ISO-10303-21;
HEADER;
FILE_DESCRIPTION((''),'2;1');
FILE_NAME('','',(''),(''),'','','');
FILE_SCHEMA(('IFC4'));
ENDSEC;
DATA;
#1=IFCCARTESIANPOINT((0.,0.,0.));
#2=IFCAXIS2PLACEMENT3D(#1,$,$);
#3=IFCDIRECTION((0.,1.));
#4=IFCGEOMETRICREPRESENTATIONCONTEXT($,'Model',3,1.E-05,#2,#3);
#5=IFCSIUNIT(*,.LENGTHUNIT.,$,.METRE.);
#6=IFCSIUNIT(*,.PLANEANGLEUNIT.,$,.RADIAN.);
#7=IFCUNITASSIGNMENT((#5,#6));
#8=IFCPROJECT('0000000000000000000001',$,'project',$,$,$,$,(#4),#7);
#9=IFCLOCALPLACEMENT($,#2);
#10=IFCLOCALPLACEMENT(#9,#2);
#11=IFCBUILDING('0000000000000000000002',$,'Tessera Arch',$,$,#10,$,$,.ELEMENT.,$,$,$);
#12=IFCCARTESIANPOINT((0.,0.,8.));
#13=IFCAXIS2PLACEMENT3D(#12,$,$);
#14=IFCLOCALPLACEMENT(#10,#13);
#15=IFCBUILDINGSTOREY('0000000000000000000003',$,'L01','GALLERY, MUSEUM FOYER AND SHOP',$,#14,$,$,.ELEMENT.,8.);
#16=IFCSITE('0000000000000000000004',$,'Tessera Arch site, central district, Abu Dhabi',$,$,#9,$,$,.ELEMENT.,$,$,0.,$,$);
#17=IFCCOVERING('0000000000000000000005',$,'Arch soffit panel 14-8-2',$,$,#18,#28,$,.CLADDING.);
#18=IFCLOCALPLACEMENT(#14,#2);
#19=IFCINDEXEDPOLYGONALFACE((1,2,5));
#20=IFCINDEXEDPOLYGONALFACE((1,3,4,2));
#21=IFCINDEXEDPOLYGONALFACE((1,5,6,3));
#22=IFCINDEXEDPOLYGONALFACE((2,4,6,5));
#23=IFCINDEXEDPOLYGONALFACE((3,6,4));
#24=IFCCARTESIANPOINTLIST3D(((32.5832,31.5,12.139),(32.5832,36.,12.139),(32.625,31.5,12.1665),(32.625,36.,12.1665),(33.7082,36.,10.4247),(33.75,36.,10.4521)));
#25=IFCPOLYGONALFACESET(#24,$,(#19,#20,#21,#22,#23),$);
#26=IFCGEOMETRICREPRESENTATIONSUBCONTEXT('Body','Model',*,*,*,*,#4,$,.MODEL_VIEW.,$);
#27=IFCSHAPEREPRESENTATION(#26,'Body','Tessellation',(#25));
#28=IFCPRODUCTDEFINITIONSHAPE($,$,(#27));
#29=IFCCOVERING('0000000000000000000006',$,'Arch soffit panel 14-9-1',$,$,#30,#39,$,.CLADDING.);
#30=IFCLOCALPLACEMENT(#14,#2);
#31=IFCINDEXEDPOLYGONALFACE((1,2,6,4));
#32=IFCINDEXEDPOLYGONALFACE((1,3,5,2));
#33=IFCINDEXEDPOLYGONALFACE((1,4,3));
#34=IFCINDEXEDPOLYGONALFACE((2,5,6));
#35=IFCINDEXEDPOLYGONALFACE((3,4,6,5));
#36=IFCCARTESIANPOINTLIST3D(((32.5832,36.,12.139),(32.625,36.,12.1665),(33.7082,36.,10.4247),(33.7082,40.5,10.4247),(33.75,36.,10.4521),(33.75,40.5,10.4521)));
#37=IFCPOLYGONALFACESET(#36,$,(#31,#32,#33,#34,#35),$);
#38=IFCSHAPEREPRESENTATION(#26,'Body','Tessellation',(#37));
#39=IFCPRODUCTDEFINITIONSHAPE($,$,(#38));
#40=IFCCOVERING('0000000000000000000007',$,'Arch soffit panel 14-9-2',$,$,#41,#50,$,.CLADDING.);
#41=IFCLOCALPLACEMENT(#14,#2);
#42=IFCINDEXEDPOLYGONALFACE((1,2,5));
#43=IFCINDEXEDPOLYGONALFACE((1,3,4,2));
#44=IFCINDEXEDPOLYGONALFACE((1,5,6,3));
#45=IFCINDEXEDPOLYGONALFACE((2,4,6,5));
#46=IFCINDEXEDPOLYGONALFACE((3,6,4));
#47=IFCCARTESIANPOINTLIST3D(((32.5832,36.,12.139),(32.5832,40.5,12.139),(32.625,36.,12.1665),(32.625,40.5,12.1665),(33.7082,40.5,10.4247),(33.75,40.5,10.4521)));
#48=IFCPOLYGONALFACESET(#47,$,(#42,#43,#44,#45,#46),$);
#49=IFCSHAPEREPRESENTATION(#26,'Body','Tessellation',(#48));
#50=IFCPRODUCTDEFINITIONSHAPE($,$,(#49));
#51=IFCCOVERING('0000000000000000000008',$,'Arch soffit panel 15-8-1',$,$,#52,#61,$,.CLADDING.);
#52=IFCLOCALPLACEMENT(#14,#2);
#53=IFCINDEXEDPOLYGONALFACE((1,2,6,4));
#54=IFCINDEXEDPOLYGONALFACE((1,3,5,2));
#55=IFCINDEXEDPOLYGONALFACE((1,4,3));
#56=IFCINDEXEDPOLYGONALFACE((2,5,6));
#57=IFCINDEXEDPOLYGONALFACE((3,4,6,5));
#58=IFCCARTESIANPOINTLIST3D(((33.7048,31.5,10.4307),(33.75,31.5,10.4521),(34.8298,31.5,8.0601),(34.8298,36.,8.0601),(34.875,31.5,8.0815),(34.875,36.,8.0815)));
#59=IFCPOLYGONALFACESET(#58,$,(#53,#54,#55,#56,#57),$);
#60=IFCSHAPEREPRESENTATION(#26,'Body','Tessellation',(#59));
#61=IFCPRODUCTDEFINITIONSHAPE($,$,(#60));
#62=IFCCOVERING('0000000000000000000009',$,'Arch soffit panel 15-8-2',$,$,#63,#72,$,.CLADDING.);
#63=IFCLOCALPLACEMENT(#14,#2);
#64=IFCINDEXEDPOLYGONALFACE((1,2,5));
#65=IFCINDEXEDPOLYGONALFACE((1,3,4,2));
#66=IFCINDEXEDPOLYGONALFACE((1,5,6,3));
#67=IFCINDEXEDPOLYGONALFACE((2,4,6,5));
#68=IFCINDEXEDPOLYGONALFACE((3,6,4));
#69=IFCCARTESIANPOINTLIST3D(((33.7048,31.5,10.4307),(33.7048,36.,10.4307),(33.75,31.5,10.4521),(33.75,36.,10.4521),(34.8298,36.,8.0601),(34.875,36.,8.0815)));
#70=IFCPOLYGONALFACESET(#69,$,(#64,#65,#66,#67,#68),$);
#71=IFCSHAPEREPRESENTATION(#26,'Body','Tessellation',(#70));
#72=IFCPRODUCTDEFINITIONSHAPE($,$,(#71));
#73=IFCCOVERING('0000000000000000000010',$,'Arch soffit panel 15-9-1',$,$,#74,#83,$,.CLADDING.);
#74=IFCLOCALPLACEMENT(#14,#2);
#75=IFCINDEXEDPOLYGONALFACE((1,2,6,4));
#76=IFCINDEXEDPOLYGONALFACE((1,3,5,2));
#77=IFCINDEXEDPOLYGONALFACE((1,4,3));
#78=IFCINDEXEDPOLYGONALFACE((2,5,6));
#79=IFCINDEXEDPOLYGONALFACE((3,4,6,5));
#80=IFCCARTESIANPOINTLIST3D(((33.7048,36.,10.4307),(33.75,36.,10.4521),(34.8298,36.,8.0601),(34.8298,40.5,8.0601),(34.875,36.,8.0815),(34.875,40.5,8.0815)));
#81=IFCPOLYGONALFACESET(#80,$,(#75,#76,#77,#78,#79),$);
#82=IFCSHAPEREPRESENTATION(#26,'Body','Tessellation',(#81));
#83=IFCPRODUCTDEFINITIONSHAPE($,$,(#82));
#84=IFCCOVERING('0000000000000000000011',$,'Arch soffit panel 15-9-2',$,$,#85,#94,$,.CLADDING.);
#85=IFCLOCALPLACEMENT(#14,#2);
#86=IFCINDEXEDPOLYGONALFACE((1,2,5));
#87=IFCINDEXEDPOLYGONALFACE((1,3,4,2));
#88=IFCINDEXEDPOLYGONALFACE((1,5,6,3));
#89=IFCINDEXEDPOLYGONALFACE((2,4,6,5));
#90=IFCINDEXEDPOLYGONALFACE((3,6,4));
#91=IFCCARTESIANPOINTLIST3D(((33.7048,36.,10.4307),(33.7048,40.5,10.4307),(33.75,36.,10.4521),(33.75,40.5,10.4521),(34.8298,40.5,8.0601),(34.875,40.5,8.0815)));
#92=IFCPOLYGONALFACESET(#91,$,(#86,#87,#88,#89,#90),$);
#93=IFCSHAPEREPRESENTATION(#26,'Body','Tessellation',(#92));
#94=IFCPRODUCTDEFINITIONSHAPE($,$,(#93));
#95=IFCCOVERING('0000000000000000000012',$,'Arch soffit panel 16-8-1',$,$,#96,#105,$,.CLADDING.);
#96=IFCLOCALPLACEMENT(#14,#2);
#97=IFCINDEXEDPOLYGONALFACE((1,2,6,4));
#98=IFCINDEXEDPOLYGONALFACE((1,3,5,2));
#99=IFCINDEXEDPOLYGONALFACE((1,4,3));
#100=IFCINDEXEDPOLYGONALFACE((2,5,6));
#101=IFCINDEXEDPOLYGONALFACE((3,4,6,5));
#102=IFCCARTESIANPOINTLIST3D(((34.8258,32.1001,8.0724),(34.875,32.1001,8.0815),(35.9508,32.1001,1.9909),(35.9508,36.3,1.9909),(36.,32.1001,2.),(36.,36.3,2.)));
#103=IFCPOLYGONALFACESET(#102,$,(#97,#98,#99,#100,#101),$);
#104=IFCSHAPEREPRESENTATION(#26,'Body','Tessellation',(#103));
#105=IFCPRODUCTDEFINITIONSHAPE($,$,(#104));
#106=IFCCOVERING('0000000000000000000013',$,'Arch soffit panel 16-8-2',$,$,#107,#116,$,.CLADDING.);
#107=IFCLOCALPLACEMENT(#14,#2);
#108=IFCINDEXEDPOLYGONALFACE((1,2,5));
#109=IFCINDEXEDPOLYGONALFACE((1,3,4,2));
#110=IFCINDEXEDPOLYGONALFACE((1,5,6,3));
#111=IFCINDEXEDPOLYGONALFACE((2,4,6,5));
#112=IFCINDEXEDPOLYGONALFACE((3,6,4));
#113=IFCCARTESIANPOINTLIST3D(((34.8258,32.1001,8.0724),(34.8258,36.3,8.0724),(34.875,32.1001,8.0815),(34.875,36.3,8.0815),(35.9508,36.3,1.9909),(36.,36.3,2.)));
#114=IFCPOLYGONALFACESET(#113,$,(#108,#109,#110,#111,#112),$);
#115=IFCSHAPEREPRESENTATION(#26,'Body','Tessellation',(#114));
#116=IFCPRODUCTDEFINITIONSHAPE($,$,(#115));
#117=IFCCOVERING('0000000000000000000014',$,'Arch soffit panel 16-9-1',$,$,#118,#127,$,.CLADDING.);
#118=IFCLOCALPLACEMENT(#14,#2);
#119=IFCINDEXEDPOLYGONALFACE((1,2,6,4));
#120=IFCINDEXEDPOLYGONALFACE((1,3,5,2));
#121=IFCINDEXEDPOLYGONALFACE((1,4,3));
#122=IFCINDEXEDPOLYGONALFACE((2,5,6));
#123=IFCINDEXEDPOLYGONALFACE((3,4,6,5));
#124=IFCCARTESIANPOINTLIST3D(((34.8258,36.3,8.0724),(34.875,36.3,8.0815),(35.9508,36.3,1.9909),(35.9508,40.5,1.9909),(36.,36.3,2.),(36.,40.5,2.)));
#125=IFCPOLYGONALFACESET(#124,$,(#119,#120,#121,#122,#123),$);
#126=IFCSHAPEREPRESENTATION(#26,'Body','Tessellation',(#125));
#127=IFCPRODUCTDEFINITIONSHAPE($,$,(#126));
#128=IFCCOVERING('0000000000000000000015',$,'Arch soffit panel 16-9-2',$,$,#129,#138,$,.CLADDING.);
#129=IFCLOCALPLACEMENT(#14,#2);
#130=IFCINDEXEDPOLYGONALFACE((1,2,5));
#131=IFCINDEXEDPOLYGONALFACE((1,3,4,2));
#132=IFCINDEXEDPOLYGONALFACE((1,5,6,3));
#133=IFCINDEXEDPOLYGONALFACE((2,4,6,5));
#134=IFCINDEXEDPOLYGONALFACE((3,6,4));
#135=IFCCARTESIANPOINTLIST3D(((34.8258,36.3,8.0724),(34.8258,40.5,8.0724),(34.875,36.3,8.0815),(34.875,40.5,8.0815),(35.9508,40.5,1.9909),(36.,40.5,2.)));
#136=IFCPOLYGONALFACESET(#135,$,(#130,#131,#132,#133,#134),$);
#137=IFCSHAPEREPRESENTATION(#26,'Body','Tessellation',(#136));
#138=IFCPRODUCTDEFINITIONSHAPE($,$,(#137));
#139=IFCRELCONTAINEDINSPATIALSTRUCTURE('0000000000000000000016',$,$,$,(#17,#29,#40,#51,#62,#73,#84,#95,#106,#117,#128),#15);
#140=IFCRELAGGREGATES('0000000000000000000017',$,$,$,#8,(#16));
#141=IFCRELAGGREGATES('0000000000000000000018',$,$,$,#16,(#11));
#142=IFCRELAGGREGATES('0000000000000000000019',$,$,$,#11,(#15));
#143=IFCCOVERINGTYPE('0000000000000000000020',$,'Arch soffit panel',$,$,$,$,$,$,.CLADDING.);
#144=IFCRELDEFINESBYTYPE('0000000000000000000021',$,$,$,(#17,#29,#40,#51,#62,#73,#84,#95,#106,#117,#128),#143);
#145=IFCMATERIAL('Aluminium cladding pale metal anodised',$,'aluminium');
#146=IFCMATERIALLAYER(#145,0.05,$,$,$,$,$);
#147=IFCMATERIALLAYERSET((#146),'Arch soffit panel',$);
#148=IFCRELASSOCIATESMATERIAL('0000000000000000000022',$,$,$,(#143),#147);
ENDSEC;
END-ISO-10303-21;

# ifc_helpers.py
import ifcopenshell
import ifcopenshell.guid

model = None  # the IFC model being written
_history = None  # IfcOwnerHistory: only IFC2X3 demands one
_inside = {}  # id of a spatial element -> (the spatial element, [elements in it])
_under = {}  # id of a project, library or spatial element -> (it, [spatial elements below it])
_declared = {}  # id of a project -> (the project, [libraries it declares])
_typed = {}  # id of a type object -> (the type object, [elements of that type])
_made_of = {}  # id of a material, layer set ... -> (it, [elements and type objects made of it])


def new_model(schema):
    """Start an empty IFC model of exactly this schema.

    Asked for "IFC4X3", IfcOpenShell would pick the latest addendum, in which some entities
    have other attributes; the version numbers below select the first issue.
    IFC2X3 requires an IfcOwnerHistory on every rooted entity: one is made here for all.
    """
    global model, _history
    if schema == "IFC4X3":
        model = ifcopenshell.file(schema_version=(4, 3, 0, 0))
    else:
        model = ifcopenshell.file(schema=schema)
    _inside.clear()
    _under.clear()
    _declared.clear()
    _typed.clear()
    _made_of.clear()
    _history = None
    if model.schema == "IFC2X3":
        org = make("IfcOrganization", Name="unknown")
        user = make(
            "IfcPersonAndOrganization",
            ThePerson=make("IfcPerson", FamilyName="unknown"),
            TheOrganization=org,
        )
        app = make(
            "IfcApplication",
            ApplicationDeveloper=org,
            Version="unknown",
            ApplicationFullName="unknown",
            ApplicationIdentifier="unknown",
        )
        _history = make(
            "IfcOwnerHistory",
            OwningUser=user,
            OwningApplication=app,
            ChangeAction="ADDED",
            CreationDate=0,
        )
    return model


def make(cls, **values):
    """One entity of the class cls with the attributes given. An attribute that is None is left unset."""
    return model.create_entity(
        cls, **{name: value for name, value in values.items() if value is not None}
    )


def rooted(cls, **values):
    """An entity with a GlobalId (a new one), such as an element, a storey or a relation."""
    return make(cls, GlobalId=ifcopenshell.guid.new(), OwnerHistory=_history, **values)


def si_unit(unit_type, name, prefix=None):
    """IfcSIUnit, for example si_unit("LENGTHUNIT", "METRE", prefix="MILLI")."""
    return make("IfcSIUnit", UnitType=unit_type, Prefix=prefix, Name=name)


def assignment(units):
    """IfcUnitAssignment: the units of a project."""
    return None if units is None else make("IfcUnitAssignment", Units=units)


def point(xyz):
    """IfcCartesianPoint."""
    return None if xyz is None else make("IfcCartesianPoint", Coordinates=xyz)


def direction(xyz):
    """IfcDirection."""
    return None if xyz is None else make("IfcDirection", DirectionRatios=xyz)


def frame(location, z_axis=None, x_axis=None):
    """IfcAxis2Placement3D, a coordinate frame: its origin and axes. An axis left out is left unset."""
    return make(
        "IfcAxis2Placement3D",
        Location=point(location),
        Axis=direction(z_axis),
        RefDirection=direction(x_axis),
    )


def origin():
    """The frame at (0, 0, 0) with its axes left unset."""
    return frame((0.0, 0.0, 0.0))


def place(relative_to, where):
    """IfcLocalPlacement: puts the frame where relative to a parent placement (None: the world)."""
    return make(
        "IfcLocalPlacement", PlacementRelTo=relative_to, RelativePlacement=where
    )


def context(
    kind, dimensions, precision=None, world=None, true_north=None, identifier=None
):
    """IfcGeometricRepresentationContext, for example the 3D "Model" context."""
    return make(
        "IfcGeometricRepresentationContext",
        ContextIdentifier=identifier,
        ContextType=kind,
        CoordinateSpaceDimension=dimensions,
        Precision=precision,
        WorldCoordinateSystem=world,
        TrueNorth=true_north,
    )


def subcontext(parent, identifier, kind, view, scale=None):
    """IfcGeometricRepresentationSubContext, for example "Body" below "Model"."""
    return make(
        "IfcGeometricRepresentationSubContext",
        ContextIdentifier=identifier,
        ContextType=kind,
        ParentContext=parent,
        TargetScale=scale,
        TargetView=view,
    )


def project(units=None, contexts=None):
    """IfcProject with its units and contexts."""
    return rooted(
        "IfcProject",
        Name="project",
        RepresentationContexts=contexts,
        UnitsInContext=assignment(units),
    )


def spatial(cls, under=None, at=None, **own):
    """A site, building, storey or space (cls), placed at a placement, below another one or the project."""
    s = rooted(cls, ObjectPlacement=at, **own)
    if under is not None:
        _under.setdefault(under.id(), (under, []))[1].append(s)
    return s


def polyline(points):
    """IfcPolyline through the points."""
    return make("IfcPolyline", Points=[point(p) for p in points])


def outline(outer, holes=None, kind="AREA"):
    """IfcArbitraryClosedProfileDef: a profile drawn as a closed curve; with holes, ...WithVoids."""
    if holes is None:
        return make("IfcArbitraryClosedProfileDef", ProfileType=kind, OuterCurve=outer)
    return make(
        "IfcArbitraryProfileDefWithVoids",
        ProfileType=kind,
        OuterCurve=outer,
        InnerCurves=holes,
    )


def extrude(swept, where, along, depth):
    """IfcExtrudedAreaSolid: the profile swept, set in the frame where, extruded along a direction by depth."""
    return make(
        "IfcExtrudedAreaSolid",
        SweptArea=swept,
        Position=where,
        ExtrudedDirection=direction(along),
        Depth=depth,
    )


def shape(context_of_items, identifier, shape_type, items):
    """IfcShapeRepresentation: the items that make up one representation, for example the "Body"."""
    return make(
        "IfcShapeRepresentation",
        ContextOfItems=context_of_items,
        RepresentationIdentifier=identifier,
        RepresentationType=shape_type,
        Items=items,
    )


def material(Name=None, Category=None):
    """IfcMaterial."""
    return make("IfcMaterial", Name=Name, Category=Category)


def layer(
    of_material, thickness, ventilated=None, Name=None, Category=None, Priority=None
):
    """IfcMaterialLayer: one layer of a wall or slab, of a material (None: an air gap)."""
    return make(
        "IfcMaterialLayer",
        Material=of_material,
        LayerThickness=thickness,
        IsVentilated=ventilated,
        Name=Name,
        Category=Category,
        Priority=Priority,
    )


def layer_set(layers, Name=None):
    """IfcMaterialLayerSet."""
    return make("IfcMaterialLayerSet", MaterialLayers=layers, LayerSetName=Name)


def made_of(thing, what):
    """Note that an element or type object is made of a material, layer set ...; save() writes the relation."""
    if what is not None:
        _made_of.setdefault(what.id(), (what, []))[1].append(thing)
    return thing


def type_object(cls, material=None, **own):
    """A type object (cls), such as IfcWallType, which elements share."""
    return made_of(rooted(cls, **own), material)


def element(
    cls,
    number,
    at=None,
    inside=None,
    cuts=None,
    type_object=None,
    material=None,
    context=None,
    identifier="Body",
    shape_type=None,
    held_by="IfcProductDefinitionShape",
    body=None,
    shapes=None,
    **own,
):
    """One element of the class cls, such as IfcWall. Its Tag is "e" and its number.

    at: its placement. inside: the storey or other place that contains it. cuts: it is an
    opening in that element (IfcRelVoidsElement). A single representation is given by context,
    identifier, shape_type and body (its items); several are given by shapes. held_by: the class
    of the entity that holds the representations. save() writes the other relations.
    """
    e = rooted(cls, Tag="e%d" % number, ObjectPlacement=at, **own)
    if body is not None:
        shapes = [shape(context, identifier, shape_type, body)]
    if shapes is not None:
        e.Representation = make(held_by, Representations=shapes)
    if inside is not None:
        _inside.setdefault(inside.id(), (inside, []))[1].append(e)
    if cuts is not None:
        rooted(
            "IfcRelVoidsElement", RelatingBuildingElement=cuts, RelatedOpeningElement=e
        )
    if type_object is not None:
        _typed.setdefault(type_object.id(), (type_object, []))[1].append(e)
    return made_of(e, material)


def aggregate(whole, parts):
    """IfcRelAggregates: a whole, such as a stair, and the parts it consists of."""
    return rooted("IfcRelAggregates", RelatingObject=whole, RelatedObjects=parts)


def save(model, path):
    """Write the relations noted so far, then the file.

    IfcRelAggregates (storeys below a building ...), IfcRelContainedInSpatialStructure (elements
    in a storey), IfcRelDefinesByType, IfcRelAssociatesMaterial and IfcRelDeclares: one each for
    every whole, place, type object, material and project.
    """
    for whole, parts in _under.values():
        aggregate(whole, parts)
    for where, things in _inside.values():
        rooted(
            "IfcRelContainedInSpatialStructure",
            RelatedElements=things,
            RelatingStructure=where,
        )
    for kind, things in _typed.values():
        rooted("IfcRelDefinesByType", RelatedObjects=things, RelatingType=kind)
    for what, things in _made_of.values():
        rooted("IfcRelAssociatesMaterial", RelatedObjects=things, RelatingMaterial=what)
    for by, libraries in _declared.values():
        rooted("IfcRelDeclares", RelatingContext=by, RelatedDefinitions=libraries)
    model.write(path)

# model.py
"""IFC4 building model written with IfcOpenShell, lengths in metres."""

from ifc_helpers import new_model, si_unit, direction, frame, origin, place, context, subcontext, project, spatial, polyline, outline, extrude, material, layer, layer_set, type_object, element, save


model = new_model("IFC4")

# Units and contexts
model_context = context("Model", 3, precision=1e-05, world=origin(), true_north=direction((0.0, 1.0)))
body_context = subcontext(model_context, "Body", "Model", "MODEL_VIEW")
ifc_project = project(units=[si_unit("LENGTHUNIT", "METRE"), si_unit("PLANEANGLEUNIT", "RADIAN")], contexts=[model_context])

# Site, building, storey
site_placement = place(None, origin())
site = spatial("IfcSite", under=ifc_project, at=site_placement, Name="Tessera Arch site, central district, Abu Dhabi", CompositionType="ELEMENT", RefElevation=0.0)
building_placement = place(site_placement, origin())
building = spatial("IfcBuilding", under=site, at=building_placement, Name="Tessera Arch", CompositionType="ELEMENT")
storey_placement = place(building_placement, frame((0.0, 0.0, 8.0)))
storey = spatial("IfcBuildingStorey", under=building, at=storey_placement, Name="L01", Description="GALLERY, MUSEUM FOYER AND SHOP", CompositionType="ELEMENT", Elevation=8.0)

# Coverings
ifc_material_1 = material(Name="Aluminium cladding pale metal anodised", Category="aluminium")
ifc_layer_1 = layer(ifc_material_1, 0.05)
ifc_layer_set_1 = layer_set([ifc_layer_1], Name="Arch soffit panel")
covering_type = type_object("IfcCoveringType", Name="Arch soffit panel", PredefinedType="CLADDING", material=ifc_layer_set_1)
covering_1_placement = place(storey_placement, frame((32.625, 31.5, 12.1665), z_axis=(0.836058, 0.0, 0.548641), x_axis=(0.227495, 0.90998, -0.346673)))
element("IfcCovering", 1, at=covering_1_placement, inside=storey, type_object=covering_type, Name="Arch soffit panel 14-8-2", PredefinedType="CLADDING", context=body_context, shape_type="SweptSolid", body=[
    extrude(outline(polyline([(0.0, 0.0), (4.9452, 0.0), (4.0949, 1.8659), (0.0, 0.0)])), origin(), (0.0, 0.0, -1.0), 0.05),
])
covering_2_placement = place(storey_placement, frame((32.625, 36.0, 12.1665), z_axis=(0.836058, 0.0, 0.548641), x_axis=(0.548641, 0.0, -0.836058)))
element("IfcCovering", 2, at=covering_2_placement, inside=storey, type_object=covering_type, Name="Arch soffit panel 14-9-1", PredefinedType="CLADDING", context=body_context, shape_type="SweptSolid", body=[
    extrude(outline(polyline([(0.0, 0.0), (2.0505, 0.0), (2.0505, 4.5), (0.0, 0.0)])), origin(), (0.0, 0.0, -1.0), 0.05),
])
covering_3_placement = place(storey_placement, frame((32.625, 36.0, 12.1665), z_axis=(0.836058, 0.0, 0.548641), x_axis=(0.227495, 0.90998, -0.346673)))
element("IfcCovering", 3, at=covering_3_placement, inside=storey, type_object=covering_type, Name="Arch soffit panel 14-9-2", PredefinedType="CLADDING", context=body_context, shape_type="SweptSolid", body=[
    extrude(outline(polyline([(0.0, 0.0), (4.9452, 0.0), (4.0949, 1.8659), (0.0, 0.0)])), origin(), (0.0, 0.0, -1.0), 0.05),
])
covering_4_placement = place(storey_placement, frame((33.75, 31.5, 10.4521), z_axis=(0.903431, 0.0, 0.428734), x_axis=(0.428734, 0.0, -0.903431)))
element("IfcCovering", 4, at=covering_4_placement, inside=storey, type_object=covering_type, Name="Arch soffit panel 15-8-1", PredefinedType="CLADDING", context=body_context, shape_type="SweptSolid", body=[
    extrude(outline(polyline([(0.0, 0.0), (2.624, 0.0), (2.624, 4.5), (0.0, 0.0)])), origin(), (0.0, 0.0, -1.0), 0.05),
])
covering_5_placement = place(storey_placement, frame((33.75, 31.5, 10.4521), z_axis=(0.903431, 0.0, 0.428734), x_axis=(0.215966, 0.863862, -0.455084)))
element("IfcCovering", 5, at=covering_5_placement, inside=storey, type_object=covering_type, Name="Arch soffit panel 15-8-2", PredefinedType="CLADDING", context=body_context, shape_type="SweptSolid", body=[
    extrude(outline(polyline([(0.0, 0.0), (5.2092, 0.0), (3.8874, 2.2668), (0.0, 0.0)])), origin(), (0.0, 0.0, -1.0), 0.05),
])
covering_6_placement = place(storey_placement, frame((33.75, 36.0, 10.4521), z_axis=(0.903431, 0.0, 0.428734), x_axis=(0.428734, 0.0, -0.903431)))
element("IfcCovering", 6, at=covering_6_placement, inside=storey, type_object=covering_type, Name="Arch soffit panel 15-9-1", PredefinedType="CLADDING", context=body_context, shape_type="SweptSolid", body=[
    extrude(outline(polyline([(0.0, 0.0), (2.624, 0.0), (2.624, 4.5), (0.0, 0.0)])), origin(), (0.0, 0.0, -1.0), 0.05),
])
covering_7_placement = place(storey_placement, frame((33.75, 36.0, 10.4521), z_axis=(0.903431, 0.0, 0.428734), x_axis=(0.215966, 0.863862, -0.455084)))
element("IfcCovering", 7, at=covering_7_placement, inside=storey, type_object=covering_type, Name="Arch soffit panel 15-9-2", PredefinedType="CLADDING", context=body_context, shape_type="SweptSolid", body=[
    extrude(outline(polyline([(0.0, 0.0), (5.2092, 0.0), (3.8874, 2.2668), (0.0, 0.0)])), origin(), (0.0, 0.0, -1.0), 0.05),
])
covering_8_placement = place(storey_placement, frame((34.875, 32.1001, 8.0815), z_axis=(0.983317, 0.0, 0.1819), x_axis=(0.1819, 0.0, -0.983317)))
element("IfcCovering", 8, at=covering_8_placement, inside=storey, type_object=covering_type, Name="Arch soffit panel 16-8-1", PredefinedType="CLADDING", context=body_context, shape_type="SweptSolid", body=[
    extrude(outline(polyline([(0.0, 0.0), (6.1847, 0.0), (6.1847, 4.2), (0.0, 0.0)])), origin(), (0.0, 0.0, -1.0), 0.05),
])
covering_9_placement = place(storey_placement, frame((34.875, 32.1001, 8.0815), z_axis=(0.983317, 0.0, 0.1819), x_axis=(0.150482, 0.561792, -0.813477)))
element("IfcCovering", 9, at=covering_9_placement, inside=storey, type_object=covering_type, Name="Arch soffit panel 16-8-2", PredefinedType="CLADDING", context=body_context, shape_type="SweptSolid", body=[
    extrude(outline(polyline([(0.0, 0.0), (7.476, 0.0), (2.3595, 3.4745), (0.0, 0.0)])), origin(), (0.0, 0.0, -1.0), 0.05),
])
covering_10_placement = place(storey_placement, frame((34.875, 36.3, 8.0815), z_axis=(0.983317, 0.0, 0.1819), x_axis=(0.1819, 0.0, -0.983317)))
element("IfcCovering", 10, at=covering_10_placement, inside=storey, type_object=covering_type, Name="Arch soffit panel 16-9-1", PredefinedType="CLADDING", context=body_context, shape_type="SweptSolid", body=[
    extrude(outline(polyline([(0.0, 0.0), (6.1847, 0.0), (6.1847, 4.2), (0.0, 0.0)])), origin(), (0.0, 0.0, -1.0), 0.05),
])
covering_11_placement = place(storey_placement, frame((34.875, 36.3, 8.0815), z_axis=(0.983317, 0.0, 0.1819), x_axis=(0.150482, 0.561792, -0.813477)))
element("IfcCovering", 11, at=covering_11_placement, inside=storey, type_object=covering_type, Name="Arch soffit panel 16-9-2", PredefinedType="CLADDING", context=body_context, shape_type="SweptSolid", body=[
    extrude(outline(polyline([(0.0, 0.0), (7.476, 0.0), (2.3595, 3.4745), (0.0, 0.0)])), origin(), (0.0, 0.0, -1.0), 0.05),
])

save(model, "model.ifc")
